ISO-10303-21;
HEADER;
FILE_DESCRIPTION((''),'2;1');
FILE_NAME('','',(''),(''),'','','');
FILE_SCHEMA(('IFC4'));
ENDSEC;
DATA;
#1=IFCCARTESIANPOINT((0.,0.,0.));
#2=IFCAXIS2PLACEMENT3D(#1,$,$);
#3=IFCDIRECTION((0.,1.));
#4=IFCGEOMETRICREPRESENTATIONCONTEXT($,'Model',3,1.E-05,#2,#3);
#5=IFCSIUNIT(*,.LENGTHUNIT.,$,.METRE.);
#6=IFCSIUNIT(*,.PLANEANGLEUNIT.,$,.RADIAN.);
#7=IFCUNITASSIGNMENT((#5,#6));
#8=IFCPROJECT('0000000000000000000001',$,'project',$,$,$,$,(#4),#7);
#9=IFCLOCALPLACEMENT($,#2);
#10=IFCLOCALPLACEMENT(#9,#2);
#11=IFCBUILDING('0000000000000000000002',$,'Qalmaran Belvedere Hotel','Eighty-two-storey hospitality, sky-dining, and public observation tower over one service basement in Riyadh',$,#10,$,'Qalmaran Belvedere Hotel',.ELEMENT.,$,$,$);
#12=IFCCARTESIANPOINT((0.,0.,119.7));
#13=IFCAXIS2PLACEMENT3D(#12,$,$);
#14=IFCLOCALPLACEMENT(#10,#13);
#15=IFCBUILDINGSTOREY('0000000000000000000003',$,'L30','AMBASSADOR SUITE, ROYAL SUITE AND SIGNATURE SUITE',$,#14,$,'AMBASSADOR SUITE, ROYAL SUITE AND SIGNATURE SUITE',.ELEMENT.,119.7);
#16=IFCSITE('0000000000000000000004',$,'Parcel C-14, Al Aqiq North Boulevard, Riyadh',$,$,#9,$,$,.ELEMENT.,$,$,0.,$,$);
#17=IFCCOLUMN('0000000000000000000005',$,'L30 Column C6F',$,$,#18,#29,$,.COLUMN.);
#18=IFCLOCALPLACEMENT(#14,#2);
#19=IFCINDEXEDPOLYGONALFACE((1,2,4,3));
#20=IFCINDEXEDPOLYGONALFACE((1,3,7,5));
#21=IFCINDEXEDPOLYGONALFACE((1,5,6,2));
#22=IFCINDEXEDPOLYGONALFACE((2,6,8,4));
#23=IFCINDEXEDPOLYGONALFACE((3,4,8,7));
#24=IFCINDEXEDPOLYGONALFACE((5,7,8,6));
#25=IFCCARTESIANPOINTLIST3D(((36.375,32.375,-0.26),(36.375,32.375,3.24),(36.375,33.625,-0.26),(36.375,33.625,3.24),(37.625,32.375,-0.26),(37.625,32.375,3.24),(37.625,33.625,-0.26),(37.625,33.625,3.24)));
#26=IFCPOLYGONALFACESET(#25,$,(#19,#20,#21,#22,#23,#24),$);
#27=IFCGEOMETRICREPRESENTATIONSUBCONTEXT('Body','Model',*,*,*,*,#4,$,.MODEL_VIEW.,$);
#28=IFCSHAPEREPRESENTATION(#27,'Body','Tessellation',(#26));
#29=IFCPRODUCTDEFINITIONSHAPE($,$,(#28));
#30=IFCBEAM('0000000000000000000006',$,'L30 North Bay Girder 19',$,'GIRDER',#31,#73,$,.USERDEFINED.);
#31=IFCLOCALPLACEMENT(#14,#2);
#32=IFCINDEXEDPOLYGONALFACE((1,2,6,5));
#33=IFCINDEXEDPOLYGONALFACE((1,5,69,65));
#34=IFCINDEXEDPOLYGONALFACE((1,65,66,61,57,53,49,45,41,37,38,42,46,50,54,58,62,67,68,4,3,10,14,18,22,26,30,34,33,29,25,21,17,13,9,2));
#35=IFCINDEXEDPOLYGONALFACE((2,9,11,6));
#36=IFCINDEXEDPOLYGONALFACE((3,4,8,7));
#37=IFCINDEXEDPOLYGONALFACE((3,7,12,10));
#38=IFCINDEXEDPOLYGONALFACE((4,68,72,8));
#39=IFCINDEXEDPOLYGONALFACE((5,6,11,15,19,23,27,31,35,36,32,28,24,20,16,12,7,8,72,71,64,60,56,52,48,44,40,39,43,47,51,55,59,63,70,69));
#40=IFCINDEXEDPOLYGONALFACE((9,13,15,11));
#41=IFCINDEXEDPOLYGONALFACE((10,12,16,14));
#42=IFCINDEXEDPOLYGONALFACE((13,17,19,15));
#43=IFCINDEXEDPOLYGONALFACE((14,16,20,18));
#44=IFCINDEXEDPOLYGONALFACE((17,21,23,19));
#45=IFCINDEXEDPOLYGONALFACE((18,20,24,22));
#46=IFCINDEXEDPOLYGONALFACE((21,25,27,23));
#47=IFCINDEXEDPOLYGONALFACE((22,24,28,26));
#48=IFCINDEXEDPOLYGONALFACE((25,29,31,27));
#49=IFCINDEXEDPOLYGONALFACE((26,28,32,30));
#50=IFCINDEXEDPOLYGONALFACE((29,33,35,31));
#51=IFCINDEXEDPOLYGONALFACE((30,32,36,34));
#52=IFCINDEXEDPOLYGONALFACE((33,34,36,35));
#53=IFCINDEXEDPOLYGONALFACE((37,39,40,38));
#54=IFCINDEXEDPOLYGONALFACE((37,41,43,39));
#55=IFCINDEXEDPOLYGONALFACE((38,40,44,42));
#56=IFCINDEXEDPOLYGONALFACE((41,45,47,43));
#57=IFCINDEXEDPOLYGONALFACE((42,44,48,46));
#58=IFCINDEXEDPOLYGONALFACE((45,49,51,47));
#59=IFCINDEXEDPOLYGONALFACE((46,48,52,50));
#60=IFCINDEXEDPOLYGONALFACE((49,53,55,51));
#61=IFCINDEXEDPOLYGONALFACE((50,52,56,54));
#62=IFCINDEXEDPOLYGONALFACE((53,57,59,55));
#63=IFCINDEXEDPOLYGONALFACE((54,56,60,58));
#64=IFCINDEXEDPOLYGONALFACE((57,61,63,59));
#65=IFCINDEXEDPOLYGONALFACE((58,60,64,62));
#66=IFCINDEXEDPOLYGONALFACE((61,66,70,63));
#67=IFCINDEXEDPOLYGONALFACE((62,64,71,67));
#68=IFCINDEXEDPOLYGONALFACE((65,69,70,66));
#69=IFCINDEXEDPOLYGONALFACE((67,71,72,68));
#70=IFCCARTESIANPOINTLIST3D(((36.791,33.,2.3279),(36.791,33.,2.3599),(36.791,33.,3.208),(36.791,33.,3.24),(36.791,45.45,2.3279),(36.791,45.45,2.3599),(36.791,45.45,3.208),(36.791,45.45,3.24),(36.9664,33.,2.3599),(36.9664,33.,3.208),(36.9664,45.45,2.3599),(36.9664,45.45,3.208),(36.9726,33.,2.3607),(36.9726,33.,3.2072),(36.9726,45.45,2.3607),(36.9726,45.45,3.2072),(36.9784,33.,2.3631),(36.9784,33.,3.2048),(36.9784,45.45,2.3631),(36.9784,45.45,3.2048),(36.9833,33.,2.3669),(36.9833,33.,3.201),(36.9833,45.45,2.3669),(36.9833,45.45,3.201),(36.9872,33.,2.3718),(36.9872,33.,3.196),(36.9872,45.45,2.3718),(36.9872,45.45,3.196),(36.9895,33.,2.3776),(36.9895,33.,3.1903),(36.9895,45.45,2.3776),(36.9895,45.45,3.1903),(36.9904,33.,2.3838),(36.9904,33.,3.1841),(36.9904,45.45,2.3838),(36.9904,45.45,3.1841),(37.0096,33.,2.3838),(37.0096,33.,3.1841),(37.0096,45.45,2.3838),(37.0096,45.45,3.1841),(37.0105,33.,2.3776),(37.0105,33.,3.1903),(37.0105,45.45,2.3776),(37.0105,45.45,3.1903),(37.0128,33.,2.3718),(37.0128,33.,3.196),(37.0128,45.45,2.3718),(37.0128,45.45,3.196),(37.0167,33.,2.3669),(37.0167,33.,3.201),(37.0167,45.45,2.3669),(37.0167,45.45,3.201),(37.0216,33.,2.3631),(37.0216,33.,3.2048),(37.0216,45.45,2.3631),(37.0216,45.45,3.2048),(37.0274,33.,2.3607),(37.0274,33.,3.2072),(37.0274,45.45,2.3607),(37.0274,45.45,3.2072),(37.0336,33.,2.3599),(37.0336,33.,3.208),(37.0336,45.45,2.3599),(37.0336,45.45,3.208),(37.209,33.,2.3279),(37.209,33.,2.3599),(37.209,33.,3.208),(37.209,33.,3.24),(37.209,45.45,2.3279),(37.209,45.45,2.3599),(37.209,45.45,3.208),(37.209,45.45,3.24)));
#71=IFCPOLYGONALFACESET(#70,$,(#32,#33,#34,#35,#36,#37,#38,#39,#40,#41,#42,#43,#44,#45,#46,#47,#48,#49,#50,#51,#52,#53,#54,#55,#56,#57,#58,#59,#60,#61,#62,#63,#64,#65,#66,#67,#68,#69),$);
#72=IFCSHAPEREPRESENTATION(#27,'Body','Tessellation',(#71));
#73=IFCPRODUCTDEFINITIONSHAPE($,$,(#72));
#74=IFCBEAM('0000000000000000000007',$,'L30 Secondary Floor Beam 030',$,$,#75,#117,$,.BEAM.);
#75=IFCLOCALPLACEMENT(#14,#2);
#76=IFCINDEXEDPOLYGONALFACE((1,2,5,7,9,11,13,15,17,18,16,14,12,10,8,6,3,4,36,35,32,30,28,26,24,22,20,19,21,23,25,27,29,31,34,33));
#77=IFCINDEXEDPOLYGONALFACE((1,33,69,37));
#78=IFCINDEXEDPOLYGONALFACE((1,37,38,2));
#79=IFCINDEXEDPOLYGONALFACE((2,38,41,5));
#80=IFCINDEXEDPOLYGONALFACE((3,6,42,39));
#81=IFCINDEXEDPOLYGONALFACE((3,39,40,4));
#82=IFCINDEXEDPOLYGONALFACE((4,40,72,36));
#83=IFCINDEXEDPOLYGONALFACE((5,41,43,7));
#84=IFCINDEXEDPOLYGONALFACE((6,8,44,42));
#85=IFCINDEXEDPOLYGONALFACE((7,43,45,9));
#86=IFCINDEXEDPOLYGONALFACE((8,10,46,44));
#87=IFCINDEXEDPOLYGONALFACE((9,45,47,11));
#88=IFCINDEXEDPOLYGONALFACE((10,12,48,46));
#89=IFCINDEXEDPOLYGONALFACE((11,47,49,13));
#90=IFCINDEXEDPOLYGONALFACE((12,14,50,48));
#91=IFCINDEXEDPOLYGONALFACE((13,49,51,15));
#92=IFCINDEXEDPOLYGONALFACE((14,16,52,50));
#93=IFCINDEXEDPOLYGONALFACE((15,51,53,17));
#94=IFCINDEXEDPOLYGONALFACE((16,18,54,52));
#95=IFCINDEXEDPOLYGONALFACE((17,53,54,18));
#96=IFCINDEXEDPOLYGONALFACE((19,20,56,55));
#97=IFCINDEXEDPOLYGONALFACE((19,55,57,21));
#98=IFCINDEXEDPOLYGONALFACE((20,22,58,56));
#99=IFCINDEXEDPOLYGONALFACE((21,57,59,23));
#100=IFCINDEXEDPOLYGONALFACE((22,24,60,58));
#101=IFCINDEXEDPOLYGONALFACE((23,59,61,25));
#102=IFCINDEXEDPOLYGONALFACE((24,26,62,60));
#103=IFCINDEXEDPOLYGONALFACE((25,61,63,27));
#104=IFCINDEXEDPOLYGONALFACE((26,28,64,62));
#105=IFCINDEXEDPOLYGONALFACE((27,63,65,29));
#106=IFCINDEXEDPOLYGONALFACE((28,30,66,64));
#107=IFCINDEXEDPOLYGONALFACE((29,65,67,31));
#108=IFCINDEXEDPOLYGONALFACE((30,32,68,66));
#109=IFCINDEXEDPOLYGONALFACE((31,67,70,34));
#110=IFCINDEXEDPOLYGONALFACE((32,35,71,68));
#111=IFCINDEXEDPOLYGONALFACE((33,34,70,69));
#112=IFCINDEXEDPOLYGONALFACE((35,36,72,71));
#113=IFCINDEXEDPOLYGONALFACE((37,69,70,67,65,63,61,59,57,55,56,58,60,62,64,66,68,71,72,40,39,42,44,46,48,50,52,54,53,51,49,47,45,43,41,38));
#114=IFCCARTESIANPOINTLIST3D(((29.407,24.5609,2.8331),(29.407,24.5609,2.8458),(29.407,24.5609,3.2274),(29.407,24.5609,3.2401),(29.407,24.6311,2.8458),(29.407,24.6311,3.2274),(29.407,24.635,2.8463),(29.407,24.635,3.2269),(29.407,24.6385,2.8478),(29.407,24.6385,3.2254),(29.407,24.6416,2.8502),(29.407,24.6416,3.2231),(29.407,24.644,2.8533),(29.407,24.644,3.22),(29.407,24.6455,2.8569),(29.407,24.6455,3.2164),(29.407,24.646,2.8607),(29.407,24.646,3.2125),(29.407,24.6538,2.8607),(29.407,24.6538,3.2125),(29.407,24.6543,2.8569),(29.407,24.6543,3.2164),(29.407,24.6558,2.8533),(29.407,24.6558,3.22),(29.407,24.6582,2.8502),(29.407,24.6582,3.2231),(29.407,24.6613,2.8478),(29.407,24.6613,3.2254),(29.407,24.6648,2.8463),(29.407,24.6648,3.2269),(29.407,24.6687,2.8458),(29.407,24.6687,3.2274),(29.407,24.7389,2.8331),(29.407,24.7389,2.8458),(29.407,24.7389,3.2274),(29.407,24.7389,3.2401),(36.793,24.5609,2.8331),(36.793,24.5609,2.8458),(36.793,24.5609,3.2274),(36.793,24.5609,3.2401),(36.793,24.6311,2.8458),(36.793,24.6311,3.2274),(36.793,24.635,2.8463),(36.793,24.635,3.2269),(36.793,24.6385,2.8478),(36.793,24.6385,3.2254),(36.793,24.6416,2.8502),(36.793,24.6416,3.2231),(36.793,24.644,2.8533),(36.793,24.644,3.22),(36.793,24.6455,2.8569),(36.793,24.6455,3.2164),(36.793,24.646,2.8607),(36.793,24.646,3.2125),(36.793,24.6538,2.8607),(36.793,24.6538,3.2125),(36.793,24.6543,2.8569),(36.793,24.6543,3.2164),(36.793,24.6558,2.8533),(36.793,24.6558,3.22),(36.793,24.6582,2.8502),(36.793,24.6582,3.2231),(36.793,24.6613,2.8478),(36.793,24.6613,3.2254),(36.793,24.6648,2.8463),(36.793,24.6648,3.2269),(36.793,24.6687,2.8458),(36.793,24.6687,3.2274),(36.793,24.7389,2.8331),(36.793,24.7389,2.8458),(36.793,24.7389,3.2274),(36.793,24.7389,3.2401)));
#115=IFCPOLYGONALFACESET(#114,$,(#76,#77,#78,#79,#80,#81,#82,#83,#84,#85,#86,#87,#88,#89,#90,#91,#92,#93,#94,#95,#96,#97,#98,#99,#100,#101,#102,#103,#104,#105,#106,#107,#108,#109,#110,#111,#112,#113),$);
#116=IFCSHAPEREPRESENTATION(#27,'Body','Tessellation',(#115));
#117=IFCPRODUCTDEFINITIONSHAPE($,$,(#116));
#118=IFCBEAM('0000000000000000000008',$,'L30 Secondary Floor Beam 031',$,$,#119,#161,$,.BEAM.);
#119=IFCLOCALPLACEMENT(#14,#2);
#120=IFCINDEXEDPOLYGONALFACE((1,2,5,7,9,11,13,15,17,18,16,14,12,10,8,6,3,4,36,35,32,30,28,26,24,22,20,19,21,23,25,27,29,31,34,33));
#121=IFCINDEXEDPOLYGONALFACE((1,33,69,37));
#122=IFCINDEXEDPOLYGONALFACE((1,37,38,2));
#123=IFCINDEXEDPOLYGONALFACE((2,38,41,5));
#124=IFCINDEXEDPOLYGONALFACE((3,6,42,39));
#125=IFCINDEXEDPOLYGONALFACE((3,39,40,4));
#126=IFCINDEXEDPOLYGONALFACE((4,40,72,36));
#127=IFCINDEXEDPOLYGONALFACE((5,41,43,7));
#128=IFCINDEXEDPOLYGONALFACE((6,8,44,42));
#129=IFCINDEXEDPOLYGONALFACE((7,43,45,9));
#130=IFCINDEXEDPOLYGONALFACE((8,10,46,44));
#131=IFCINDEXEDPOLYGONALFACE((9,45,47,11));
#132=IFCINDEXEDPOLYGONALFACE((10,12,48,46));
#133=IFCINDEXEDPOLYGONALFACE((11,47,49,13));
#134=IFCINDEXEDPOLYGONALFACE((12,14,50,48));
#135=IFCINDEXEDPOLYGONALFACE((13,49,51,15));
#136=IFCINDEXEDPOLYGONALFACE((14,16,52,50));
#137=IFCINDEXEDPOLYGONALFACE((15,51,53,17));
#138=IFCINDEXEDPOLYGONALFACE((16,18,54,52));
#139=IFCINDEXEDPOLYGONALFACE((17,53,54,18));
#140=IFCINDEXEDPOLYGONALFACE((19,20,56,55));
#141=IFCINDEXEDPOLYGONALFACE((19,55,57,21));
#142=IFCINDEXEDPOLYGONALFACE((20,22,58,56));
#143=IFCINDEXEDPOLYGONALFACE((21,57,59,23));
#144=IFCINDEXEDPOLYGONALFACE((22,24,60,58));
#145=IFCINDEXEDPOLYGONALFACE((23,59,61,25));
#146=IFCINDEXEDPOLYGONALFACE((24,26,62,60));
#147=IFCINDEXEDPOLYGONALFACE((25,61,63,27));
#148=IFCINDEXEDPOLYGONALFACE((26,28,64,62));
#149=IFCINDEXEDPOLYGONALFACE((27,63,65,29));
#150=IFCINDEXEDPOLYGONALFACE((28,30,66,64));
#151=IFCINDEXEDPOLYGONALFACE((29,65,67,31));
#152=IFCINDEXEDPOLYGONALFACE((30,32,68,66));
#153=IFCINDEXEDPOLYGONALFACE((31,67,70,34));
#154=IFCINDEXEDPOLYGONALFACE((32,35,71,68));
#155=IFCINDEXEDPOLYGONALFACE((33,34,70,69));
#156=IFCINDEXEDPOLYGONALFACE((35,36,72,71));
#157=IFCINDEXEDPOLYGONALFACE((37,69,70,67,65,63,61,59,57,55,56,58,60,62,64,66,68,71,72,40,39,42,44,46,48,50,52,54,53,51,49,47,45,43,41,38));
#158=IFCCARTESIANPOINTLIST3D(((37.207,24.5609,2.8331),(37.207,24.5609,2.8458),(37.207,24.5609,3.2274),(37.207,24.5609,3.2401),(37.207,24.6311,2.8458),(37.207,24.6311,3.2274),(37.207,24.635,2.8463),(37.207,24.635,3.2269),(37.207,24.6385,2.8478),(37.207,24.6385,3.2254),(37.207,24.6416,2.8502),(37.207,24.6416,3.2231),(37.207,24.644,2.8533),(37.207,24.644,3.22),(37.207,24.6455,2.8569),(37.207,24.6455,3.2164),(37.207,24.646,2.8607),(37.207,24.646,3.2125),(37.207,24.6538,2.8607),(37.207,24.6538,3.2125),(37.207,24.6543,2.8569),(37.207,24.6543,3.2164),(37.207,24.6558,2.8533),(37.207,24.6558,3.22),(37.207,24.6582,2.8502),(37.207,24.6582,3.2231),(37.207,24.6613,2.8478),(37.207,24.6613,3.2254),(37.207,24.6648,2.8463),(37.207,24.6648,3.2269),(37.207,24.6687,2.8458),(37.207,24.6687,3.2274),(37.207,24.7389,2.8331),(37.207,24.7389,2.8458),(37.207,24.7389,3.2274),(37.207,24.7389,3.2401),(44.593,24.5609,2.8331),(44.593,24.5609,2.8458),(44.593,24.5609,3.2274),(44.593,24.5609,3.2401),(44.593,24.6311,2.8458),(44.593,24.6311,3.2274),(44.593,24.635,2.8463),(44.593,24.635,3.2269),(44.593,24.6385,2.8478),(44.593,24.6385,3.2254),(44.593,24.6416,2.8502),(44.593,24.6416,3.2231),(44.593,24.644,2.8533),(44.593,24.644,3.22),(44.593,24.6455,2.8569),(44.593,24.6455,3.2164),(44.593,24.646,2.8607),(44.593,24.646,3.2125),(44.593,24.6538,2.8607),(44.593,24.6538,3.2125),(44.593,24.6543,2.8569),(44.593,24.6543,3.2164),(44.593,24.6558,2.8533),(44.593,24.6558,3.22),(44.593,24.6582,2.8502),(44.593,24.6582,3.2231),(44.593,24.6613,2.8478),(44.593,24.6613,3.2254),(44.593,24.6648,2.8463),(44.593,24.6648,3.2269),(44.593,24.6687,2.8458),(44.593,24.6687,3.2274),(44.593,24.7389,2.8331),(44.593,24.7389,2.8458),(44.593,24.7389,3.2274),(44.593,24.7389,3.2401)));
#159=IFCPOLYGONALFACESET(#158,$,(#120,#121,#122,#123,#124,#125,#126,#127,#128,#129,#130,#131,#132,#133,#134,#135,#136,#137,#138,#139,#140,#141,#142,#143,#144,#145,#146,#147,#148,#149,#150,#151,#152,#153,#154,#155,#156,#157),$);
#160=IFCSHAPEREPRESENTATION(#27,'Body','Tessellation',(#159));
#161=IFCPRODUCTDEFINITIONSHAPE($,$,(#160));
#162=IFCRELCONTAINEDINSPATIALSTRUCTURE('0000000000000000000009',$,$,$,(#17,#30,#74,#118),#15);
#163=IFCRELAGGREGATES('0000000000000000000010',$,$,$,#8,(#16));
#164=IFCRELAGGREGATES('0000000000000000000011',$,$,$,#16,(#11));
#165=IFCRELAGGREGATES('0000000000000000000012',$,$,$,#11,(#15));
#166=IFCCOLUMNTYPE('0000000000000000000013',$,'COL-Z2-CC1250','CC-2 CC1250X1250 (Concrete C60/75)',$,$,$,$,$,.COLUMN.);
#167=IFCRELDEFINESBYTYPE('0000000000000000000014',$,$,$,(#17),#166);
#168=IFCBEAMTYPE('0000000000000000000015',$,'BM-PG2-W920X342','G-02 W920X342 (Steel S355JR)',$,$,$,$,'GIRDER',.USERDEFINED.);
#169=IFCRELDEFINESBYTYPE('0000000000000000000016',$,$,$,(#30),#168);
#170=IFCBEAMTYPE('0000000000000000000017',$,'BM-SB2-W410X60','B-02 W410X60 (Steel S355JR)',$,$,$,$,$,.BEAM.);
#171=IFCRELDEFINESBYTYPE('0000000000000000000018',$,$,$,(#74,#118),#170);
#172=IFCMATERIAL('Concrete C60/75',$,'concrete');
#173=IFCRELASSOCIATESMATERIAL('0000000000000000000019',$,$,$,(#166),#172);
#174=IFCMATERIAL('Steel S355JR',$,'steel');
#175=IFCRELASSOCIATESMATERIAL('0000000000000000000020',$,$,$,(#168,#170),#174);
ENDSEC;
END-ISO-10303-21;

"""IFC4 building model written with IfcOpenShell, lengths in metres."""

from ifc_helpers import new_model, si_unit, direction, frame, origin, origin_2d, place, context, subcontext, project, spatial, rectangle, i_section, extrude, material, material_profile, profile_set, type_object, element, save


model = new_model("IFC4")

# Units and contexts
model_context = context("Model", 3, precision=1e-05, world=origin(), true_north=direction((0.0, 1.0)))
body_context = subcontext(model_context, "Body", "Model", "MODEL_VIEW")
ifc_project = project(units=[si_unit("LENGTHUNIT", "METRE"), si_unit("PLANEANGLEUNIT", "RADIAN")], contexts=[model_context])

# Site, building, storey
site_placement = place(None, origin())
site = spatial("IfcSite", under=ifc_project, at=site_placement, Name="Parcel C-14, Al Aqiq North Boulevard, Riyadh", CompositionType="ELEMENT", RefElevation=0.0)
building_placement = place(site_placement, origin())
building = spatial("IfcBuilding", under=site, at=building_placement, Name="Qalmaran Belvedere Hotel", Description="Eighty-two-storey hospitality, sky-dining, and public observation tower over one service basement in Riyadh", LongName="Qalmaran Belvedere Hotel", CompositionType="ELEMENT")
storey_placement = place(building_placement, frame((0.0, 0.0, 119.7)))
storey = spatial("IfcBuildingStorey", under=building, at=storey_placement, Name="L30", Description="AMBASSADOR SUITE, ROYAL SUITE AND SIGNATURE SUITE", LongName="AMBASSADOR SUITE, ROYAL SUITE AND SIGNATURE SUITE", CompositionType="ELEMENT", Elevation=119.7)

# Column
ifc_material_1 = material(Name="Concrete C60/75", Category="concrete")
ifc_material_profile_1 = material_profile(ifc_material_1, rectangle(XDim=1.25, YDim=1.25, at=origin_2d()), Name="CC1250X1250")
ifc_profile_set_1 = profile_set([ifc_material_profile_1], Name="Concrete C60/75")
column_type = type_object("IfcColumnType", Name="COL-Z2-CC1250", Description="CC-2 CC1250X1250 (Concrete C60/75)", PredefinedType="COLUMN", material=ifc_profile_set_1)
column_placement = place(storey_placement, frame((37.0, 33.0, -0.26), z_axis=(0.0, 0.0, 1.0), x_axis=(1.0, 0.0, 0.0)))
element("IfcColumn", 1, at=column_placement, inside=storey, type_object=column_type, Name="L30 Column C6F", PredefinedType="COLUMN", context=body_context, shape_type="SweptSolid", body=[
    extrude(rectangle(XDim=1.25, YDim=1.25, at=origin_2d()), origin(), (0.0, 0.0, 1.0), 3.5),
])

# Beams
ifc_material_2 = material(Name="Steel S355JR", Category="steel")
ifc_material_profile_2 = material_profile(ifc_material_2, i_section(OverallWidth=0.418, OverallDepth=0.9121, WebThickness=0.0193, FlangeThickness=0.032, FilletRadius=0.0239, at=origin_2d()), Name="W920X342")
ifc_profile_set_2 = profile_set([ifc_material_profile_2], Name="Steel S355JR")
beam_type_1 = type_object("IfcBeamType", Name="BM-PG2-W920X342", Description="G-02 W920X342 (Steel S355JR)", ElementType="GIRDER", PredefinedType="USERDEFINED", material=ifc_profile_set_2)
beam_1_placement = place(storey_placement, frame((37.0, 33.0, 2.7839), z_axis=(0.0, 1.0, 0.0), x_axis=(-1.0, 0.0, 0.0)))
element("IfcBeam", 2, at=beam_1_placement, inside=storey, type_object=beam_type_1, Name="L30 North Bay Girder 19", ObjectType="GIRDER", PredefinedType="USERDEFINED", context=body_context, shape_type="SweptSolid", body=[
    extrude(i_section(OverallWidth=0.418, OverallDepth=0.9121, WebThickness=0.0193, FlangeThickness=0.032, FilletRadius=0.0239, at=origin_2d()), origin(), (0.0, 0.0, 1.0), 12.45),
])
ifc_material_profile_3 = material_profile(ifc_material_2, i_section(OverallWidth=0.178, OverallDepth=0.407, WebThickness=0.0078, FlangeThickness=0.0127, FilletRadius=0.0149, at=origin_2d()), Name="W410X60")
ifc_profile_set_3 = profile_set([ifc_material_profile_3], Name="Steel S355JR")
beam_type_2 = type_object("IfcBeamType", Name="BM-SB2-W410X60", Description="B-02 W410X60 (Steel S355JR)", PredefinedType="BEAM", material=ifc_profile_set_3)
for number, where, z_axis, x_axis, name in (
    (3, (29.407, 24.6499, 3.0366), (1.0, 0.0, 0.0), (0.0, 1.0, 0.0), "L30 Secondary Floor Beam 030"),
    (4, (37.207, 24.6499, 3.0366), (1.0, 0.0, 0.0), (0.0, 1.0, 0.0), "L30 Secondary Floor Beam 031"),
):
    element("IfcBeam", number, at=place(storey_placement, frame(where, z_axis=z_axis, x_axis=x_axis)), inside=storey, type_object=beam_type_2, Name=name, PredefinedType="BEAM", context=body_context, shape_type="SweptSolid", body=[
        extrude(i_section(OverallWidth=0.178, OverallDepth=0.407, WebThickness=0.0078, FlangeThickness=0.0127, FilletRadius=0.0149, at=origin_2d()), origin(), (0.0, 0.0, 1.0), 7.386),
    ])

save(model, "model.ifc")
